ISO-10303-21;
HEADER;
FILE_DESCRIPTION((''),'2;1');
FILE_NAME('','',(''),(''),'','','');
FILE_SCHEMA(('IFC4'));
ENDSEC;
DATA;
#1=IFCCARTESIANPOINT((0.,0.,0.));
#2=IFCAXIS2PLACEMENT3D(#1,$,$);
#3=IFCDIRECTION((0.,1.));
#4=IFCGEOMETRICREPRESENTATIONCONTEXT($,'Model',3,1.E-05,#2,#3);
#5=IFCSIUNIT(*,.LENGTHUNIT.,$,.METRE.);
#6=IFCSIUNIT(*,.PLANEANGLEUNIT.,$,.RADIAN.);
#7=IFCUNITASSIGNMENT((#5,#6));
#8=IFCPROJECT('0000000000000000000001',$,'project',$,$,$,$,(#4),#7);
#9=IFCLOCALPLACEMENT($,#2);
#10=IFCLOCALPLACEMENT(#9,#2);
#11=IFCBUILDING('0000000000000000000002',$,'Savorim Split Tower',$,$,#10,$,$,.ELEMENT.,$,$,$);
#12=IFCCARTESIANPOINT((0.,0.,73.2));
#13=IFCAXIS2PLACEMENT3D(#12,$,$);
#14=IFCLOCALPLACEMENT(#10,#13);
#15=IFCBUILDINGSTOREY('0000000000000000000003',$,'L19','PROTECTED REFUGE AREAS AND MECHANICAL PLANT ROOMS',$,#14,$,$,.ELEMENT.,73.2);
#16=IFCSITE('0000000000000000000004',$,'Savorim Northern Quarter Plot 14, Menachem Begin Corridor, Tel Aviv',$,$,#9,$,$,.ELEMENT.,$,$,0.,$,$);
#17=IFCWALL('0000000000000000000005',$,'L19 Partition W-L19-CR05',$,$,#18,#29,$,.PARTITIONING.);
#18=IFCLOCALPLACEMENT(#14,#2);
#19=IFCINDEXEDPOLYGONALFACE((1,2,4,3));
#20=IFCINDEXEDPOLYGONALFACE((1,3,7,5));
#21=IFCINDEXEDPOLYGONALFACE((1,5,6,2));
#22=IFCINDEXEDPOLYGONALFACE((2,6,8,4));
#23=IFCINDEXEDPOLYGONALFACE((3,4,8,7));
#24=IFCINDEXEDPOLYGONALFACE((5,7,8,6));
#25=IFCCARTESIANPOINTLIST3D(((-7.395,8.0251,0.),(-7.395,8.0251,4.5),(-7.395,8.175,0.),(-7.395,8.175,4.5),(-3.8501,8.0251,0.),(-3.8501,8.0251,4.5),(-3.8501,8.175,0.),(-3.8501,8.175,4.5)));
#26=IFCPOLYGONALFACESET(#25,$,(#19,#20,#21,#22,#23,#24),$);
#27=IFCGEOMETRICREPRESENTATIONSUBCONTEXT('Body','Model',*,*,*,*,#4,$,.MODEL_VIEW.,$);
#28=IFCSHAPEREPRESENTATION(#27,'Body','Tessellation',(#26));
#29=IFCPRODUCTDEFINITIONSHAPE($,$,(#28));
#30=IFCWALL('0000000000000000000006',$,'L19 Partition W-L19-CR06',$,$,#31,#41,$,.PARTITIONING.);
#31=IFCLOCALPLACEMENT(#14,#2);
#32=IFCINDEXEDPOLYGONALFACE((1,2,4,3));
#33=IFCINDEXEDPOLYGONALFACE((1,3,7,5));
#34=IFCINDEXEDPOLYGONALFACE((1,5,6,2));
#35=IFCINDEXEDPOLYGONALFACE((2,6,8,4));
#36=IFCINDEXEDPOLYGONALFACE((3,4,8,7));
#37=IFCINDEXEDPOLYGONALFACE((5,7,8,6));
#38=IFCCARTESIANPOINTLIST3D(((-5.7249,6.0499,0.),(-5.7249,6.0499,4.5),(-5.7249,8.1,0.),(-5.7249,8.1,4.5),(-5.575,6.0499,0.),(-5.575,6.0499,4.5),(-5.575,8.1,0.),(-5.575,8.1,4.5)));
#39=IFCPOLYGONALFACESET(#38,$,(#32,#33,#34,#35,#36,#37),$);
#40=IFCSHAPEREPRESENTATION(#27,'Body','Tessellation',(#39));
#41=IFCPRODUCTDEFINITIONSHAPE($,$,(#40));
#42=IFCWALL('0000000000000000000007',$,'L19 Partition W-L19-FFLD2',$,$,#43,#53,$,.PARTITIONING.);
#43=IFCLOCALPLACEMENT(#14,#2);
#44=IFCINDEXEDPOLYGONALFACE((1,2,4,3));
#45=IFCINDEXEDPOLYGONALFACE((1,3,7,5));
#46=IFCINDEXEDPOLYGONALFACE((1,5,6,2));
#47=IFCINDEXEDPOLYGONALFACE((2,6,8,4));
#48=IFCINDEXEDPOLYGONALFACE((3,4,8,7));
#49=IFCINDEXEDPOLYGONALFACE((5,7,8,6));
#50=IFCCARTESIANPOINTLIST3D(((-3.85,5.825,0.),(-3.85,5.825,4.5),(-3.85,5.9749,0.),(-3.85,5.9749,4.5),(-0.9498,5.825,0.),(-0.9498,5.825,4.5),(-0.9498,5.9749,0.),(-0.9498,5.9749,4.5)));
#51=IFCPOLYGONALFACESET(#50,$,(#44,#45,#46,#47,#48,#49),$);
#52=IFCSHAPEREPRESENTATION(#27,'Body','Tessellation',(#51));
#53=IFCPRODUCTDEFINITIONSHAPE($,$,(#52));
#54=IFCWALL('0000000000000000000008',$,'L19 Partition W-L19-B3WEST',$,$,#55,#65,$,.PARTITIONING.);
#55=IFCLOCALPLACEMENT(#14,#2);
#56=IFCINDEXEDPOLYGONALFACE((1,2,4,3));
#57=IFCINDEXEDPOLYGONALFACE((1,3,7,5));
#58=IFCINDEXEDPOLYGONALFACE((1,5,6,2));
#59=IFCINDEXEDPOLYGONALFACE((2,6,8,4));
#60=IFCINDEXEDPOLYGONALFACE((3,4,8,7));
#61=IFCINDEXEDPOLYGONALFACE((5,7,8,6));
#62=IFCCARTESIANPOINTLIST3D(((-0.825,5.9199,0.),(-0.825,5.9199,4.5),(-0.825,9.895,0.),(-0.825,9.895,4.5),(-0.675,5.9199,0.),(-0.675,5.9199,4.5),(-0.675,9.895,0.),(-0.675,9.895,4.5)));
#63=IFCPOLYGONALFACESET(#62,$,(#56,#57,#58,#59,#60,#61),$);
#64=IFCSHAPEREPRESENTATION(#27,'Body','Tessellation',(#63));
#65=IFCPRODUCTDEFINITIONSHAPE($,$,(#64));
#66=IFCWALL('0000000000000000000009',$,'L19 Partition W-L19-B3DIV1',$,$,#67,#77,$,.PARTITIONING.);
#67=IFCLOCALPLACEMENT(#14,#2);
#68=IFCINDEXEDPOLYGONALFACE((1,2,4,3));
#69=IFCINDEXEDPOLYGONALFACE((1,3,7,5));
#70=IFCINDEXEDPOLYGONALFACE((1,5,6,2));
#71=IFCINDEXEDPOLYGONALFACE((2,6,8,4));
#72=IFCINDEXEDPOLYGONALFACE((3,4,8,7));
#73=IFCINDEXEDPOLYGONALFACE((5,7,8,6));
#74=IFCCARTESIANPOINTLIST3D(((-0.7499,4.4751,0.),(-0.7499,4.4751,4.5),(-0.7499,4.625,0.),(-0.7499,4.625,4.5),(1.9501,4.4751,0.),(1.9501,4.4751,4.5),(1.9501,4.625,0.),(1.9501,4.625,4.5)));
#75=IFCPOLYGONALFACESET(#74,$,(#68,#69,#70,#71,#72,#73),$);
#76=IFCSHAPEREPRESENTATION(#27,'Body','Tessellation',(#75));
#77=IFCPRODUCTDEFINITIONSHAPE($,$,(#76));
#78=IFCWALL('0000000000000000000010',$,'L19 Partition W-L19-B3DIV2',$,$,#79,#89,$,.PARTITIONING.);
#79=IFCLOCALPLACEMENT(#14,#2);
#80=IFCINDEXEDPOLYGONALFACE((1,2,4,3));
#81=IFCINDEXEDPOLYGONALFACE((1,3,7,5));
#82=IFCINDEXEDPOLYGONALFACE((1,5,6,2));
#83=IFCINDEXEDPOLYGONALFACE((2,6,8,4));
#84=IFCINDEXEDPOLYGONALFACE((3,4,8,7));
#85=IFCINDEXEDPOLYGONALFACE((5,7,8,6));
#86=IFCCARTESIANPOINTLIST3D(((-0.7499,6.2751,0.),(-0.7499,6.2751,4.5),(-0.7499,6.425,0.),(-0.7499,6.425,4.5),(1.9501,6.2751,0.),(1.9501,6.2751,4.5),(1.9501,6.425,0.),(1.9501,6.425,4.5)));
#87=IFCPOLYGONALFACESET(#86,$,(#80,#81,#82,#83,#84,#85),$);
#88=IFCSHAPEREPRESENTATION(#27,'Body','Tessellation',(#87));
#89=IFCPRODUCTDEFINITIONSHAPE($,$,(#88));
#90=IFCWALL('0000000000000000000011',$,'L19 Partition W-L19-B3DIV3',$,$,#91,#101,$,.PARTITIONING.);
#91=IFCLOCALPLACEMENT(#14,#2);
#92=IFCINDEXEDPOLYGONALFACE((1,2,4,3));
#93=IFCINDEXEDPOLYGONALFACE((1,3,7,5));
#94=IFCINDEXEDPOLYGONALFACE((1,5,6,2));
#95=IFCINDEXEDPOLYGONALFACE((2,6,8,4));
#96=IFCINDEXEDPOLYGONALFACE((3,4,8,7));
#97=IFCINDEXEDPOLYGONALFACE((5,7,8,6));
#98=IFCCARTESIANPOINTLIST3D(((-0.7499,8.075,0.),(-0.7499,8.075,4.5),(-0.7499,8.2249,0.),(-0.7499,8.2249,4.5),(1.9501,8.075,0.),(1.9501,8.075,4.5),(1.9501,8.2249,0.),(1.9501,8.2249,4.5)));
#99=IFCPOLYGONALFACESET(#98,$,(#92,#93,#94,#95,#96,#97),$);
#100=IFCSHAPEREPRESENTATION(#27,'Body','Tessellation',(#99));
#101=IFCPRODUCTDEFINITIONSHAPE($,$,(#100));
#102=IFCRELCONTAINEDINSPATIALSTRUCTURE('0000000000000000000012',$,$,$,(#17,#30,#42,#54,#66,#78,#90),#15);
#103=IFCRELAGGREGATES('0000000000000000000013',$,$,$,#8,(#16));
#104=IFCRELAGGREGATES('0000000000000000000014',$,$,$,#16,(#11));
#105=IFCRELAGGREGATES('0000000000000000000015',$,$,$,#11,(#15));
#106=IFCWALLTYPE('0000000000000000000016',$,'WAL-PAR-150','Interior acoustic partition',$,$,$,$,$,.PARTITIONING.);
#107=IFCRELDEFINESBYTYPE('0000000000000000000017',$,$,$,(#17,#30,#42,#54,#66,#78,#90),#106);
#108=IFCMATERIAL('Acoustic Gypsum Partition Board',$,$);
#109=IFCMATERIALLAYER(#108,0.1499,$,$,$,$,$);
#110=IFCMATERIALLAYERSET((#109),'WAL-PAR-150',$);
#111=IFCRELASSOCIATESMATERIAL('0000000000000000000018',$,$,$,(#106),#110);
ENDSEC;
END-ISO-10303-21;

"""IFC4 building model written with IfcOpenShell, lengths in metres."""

from ifc_helpers import new_model, si_unit, direction, frame, frame_2d, origin, place, context, subcontext, project, spatial, rectangle, extrude, material, layer, layer_set, type_object, element, save


model = new_model("IFC4")

# Units and contexts
model_context = context("Model", 3, precision=1e-05, world=origin(), true_north=direction((0.0, 1.0)))
body_context = subcontext(model_context, "Body", "Model", "MODEL_VIEW")
ifc_project = project(units=[si_unit("LENGTHUNIT", "METRE"), si_unit("PLANEANGLEUNIT", "RADIAN")], contexts=[model_context])

# Site, building, storey
site_placement = place(None, origin())
site = spatial("IfcSite", under=ifc_project, at=site_placement, Name="Savorim Northern Quarter Plot 14, Menachem Begin Corridor, Tel Aviv", CompositionType="ELEMENT", RefElevation=0.0)
building_placement = place(site_placement, origin())
building = spatial("IfcBuilding", under=site, at=building_placement, Name="Savorim Split Tower", CompositionType="ELEMENT")
storey_placement = place(building_placement, frame((0.0, 0.0, 73.2)))
storey = spatial("IfcBuildingStorey", under=building, at=storey_placement, Name="L19", Description="PROTECTED REFUGE AREAS AND MECHANICAL PLANT ROOMS", CompositionType="ELEMENT", Elevation=73.2)

# Walls
ifc_material_1 = material(Name="Acoustic Gypsum Partition Board")
ifc_layer_1 = layer(ifc_material_1, 0.1499)
ifc_layer_set_1 = layer_set([ifc_layer_1], Name="WAL-PAR-150")
wall_type_1 = type_object("IfcWallType", Name="WAL-PAR-150", Description="Interior acoustic partition", PredefinedType="PARTITIONING", material=ifc_layer_set_1)
wall_1_placement = place(storey_placement, frame((-7.395, 8.1001, 0.0), z_axis=(0.0, 0.0, 1.0), x_axis=(1.0, 0.0, 0.0)))
element("IfcWall", 1, at=wall_1_placement, inside=storey, type_object=wall_type_1, Name="L19 Partition W-L19-CR05", PredefinedType="PARTITIONING", context=body_context, shape_type="SweptSolid", body=[
    extrude(rectangle(XDim=3.5449, YDim=0.1499, at=frame_2d((1.7725, 0.0))), origin(), (0.0, 0.0, 1.0), 4.5),
])
wall_2_placement = place(storey_placement, frame((-5.6499, 6.05, 0.0), z_axis=(0.0, 0.0, 1.0), x_axis=(0.0, 1.0, 0.0)))
element("IfcWall", 2, at=wall_2_placement, inside=storey, type_object=wall_type_1, Name="L19 Partition W-L19-CR06", PredefinedType="PARTITIONING", context=body_context, shape_type="SweptSolid", body=[
    extrude(rectangle(XDim=2.05, YDim=0.1499, at=frame_2d((1.0249, 0.0))), origin(), (0.0, 0.0, 1.0), 4.5),
])
wall_3_placement = place(storey_placement, frame((-3.8501, 5.8999, 0.0), z_axis=(0.0, 0.0, 1.0), x_axis=(1.0, 0.0, 0.0)))
element("IfcWall", 3, at=wall_3_placement, inside=storey, type_object=wall_type_1, Name="L19 Partition W-L19-FFLD2", PredefinedType="PARTITIONING", context=body_context, shape_type="SweptSolid", body=[
    extrude(rectangle(XDim=2.9001, YDim=0.1499, at=frame_2d((1.4502, 0.0))), origin(), (0.0, 0.0, 1.0), 4.5),
])
wall_4_placement = place(storey_placement, frame((-0.75, 5.9199, 0.0), z_axis=(0.0, 0.0, 1.0), x_axis=(0.0, 1.0, 0.0)))
element("IfcWall", 4, at=wall_4_placement, inside=storey, type_object=wall_type_1, Name="L19 Partition W-L19-B3WEST", PredefinedType="PARTITIONING", context=body_context, shape_type="SweptSolid", body=[
    extrude(rectangle(XDim=3.9751, YDim=0.1499, at=frame_2d((1.9875, 0.0))), origin(), (0.0, 0.0, 1.0), 4.5),
])
for number, where, z_axis, x_axis, name in (
    (5, (-0.75, 4.55, 0.0), (0.0, 0.0, 1.0), (1.0, 0.0, 0.0), "L19 Partition W-L19-B3DIV1"),
    (6, (-0.75, 6.3501, 0.0), (0.0, 0.0, 1.0), (1.0, 0.0, 0.0), "L19 Partition W-L19-B3DIV2"),
    (7, (-0.75, 8.1499, 0.0), (0.0, 0.0, 1.0), (1.0, 0.0, 0.0), "L19 Partition W-L19-B3DIV3"),
):
    element("IfcWall", number, at=place(storey_placement, frame(where, z_axis=z_axis, x_axis=x_axis)), inside=storey, type_object=wall_type_1, Name=name, PredefinedType="PARTITIONING", context=body_context, shape_type="SweptSolid", body=[
        extrude(rectangle(XDim=2.7, YDim=0.1499, at=frame_2d((1.3501, 0.0))), origin(), (0.0, 0.0, 1.0), 4.5),
    ])

save(model, "model.ifc")
